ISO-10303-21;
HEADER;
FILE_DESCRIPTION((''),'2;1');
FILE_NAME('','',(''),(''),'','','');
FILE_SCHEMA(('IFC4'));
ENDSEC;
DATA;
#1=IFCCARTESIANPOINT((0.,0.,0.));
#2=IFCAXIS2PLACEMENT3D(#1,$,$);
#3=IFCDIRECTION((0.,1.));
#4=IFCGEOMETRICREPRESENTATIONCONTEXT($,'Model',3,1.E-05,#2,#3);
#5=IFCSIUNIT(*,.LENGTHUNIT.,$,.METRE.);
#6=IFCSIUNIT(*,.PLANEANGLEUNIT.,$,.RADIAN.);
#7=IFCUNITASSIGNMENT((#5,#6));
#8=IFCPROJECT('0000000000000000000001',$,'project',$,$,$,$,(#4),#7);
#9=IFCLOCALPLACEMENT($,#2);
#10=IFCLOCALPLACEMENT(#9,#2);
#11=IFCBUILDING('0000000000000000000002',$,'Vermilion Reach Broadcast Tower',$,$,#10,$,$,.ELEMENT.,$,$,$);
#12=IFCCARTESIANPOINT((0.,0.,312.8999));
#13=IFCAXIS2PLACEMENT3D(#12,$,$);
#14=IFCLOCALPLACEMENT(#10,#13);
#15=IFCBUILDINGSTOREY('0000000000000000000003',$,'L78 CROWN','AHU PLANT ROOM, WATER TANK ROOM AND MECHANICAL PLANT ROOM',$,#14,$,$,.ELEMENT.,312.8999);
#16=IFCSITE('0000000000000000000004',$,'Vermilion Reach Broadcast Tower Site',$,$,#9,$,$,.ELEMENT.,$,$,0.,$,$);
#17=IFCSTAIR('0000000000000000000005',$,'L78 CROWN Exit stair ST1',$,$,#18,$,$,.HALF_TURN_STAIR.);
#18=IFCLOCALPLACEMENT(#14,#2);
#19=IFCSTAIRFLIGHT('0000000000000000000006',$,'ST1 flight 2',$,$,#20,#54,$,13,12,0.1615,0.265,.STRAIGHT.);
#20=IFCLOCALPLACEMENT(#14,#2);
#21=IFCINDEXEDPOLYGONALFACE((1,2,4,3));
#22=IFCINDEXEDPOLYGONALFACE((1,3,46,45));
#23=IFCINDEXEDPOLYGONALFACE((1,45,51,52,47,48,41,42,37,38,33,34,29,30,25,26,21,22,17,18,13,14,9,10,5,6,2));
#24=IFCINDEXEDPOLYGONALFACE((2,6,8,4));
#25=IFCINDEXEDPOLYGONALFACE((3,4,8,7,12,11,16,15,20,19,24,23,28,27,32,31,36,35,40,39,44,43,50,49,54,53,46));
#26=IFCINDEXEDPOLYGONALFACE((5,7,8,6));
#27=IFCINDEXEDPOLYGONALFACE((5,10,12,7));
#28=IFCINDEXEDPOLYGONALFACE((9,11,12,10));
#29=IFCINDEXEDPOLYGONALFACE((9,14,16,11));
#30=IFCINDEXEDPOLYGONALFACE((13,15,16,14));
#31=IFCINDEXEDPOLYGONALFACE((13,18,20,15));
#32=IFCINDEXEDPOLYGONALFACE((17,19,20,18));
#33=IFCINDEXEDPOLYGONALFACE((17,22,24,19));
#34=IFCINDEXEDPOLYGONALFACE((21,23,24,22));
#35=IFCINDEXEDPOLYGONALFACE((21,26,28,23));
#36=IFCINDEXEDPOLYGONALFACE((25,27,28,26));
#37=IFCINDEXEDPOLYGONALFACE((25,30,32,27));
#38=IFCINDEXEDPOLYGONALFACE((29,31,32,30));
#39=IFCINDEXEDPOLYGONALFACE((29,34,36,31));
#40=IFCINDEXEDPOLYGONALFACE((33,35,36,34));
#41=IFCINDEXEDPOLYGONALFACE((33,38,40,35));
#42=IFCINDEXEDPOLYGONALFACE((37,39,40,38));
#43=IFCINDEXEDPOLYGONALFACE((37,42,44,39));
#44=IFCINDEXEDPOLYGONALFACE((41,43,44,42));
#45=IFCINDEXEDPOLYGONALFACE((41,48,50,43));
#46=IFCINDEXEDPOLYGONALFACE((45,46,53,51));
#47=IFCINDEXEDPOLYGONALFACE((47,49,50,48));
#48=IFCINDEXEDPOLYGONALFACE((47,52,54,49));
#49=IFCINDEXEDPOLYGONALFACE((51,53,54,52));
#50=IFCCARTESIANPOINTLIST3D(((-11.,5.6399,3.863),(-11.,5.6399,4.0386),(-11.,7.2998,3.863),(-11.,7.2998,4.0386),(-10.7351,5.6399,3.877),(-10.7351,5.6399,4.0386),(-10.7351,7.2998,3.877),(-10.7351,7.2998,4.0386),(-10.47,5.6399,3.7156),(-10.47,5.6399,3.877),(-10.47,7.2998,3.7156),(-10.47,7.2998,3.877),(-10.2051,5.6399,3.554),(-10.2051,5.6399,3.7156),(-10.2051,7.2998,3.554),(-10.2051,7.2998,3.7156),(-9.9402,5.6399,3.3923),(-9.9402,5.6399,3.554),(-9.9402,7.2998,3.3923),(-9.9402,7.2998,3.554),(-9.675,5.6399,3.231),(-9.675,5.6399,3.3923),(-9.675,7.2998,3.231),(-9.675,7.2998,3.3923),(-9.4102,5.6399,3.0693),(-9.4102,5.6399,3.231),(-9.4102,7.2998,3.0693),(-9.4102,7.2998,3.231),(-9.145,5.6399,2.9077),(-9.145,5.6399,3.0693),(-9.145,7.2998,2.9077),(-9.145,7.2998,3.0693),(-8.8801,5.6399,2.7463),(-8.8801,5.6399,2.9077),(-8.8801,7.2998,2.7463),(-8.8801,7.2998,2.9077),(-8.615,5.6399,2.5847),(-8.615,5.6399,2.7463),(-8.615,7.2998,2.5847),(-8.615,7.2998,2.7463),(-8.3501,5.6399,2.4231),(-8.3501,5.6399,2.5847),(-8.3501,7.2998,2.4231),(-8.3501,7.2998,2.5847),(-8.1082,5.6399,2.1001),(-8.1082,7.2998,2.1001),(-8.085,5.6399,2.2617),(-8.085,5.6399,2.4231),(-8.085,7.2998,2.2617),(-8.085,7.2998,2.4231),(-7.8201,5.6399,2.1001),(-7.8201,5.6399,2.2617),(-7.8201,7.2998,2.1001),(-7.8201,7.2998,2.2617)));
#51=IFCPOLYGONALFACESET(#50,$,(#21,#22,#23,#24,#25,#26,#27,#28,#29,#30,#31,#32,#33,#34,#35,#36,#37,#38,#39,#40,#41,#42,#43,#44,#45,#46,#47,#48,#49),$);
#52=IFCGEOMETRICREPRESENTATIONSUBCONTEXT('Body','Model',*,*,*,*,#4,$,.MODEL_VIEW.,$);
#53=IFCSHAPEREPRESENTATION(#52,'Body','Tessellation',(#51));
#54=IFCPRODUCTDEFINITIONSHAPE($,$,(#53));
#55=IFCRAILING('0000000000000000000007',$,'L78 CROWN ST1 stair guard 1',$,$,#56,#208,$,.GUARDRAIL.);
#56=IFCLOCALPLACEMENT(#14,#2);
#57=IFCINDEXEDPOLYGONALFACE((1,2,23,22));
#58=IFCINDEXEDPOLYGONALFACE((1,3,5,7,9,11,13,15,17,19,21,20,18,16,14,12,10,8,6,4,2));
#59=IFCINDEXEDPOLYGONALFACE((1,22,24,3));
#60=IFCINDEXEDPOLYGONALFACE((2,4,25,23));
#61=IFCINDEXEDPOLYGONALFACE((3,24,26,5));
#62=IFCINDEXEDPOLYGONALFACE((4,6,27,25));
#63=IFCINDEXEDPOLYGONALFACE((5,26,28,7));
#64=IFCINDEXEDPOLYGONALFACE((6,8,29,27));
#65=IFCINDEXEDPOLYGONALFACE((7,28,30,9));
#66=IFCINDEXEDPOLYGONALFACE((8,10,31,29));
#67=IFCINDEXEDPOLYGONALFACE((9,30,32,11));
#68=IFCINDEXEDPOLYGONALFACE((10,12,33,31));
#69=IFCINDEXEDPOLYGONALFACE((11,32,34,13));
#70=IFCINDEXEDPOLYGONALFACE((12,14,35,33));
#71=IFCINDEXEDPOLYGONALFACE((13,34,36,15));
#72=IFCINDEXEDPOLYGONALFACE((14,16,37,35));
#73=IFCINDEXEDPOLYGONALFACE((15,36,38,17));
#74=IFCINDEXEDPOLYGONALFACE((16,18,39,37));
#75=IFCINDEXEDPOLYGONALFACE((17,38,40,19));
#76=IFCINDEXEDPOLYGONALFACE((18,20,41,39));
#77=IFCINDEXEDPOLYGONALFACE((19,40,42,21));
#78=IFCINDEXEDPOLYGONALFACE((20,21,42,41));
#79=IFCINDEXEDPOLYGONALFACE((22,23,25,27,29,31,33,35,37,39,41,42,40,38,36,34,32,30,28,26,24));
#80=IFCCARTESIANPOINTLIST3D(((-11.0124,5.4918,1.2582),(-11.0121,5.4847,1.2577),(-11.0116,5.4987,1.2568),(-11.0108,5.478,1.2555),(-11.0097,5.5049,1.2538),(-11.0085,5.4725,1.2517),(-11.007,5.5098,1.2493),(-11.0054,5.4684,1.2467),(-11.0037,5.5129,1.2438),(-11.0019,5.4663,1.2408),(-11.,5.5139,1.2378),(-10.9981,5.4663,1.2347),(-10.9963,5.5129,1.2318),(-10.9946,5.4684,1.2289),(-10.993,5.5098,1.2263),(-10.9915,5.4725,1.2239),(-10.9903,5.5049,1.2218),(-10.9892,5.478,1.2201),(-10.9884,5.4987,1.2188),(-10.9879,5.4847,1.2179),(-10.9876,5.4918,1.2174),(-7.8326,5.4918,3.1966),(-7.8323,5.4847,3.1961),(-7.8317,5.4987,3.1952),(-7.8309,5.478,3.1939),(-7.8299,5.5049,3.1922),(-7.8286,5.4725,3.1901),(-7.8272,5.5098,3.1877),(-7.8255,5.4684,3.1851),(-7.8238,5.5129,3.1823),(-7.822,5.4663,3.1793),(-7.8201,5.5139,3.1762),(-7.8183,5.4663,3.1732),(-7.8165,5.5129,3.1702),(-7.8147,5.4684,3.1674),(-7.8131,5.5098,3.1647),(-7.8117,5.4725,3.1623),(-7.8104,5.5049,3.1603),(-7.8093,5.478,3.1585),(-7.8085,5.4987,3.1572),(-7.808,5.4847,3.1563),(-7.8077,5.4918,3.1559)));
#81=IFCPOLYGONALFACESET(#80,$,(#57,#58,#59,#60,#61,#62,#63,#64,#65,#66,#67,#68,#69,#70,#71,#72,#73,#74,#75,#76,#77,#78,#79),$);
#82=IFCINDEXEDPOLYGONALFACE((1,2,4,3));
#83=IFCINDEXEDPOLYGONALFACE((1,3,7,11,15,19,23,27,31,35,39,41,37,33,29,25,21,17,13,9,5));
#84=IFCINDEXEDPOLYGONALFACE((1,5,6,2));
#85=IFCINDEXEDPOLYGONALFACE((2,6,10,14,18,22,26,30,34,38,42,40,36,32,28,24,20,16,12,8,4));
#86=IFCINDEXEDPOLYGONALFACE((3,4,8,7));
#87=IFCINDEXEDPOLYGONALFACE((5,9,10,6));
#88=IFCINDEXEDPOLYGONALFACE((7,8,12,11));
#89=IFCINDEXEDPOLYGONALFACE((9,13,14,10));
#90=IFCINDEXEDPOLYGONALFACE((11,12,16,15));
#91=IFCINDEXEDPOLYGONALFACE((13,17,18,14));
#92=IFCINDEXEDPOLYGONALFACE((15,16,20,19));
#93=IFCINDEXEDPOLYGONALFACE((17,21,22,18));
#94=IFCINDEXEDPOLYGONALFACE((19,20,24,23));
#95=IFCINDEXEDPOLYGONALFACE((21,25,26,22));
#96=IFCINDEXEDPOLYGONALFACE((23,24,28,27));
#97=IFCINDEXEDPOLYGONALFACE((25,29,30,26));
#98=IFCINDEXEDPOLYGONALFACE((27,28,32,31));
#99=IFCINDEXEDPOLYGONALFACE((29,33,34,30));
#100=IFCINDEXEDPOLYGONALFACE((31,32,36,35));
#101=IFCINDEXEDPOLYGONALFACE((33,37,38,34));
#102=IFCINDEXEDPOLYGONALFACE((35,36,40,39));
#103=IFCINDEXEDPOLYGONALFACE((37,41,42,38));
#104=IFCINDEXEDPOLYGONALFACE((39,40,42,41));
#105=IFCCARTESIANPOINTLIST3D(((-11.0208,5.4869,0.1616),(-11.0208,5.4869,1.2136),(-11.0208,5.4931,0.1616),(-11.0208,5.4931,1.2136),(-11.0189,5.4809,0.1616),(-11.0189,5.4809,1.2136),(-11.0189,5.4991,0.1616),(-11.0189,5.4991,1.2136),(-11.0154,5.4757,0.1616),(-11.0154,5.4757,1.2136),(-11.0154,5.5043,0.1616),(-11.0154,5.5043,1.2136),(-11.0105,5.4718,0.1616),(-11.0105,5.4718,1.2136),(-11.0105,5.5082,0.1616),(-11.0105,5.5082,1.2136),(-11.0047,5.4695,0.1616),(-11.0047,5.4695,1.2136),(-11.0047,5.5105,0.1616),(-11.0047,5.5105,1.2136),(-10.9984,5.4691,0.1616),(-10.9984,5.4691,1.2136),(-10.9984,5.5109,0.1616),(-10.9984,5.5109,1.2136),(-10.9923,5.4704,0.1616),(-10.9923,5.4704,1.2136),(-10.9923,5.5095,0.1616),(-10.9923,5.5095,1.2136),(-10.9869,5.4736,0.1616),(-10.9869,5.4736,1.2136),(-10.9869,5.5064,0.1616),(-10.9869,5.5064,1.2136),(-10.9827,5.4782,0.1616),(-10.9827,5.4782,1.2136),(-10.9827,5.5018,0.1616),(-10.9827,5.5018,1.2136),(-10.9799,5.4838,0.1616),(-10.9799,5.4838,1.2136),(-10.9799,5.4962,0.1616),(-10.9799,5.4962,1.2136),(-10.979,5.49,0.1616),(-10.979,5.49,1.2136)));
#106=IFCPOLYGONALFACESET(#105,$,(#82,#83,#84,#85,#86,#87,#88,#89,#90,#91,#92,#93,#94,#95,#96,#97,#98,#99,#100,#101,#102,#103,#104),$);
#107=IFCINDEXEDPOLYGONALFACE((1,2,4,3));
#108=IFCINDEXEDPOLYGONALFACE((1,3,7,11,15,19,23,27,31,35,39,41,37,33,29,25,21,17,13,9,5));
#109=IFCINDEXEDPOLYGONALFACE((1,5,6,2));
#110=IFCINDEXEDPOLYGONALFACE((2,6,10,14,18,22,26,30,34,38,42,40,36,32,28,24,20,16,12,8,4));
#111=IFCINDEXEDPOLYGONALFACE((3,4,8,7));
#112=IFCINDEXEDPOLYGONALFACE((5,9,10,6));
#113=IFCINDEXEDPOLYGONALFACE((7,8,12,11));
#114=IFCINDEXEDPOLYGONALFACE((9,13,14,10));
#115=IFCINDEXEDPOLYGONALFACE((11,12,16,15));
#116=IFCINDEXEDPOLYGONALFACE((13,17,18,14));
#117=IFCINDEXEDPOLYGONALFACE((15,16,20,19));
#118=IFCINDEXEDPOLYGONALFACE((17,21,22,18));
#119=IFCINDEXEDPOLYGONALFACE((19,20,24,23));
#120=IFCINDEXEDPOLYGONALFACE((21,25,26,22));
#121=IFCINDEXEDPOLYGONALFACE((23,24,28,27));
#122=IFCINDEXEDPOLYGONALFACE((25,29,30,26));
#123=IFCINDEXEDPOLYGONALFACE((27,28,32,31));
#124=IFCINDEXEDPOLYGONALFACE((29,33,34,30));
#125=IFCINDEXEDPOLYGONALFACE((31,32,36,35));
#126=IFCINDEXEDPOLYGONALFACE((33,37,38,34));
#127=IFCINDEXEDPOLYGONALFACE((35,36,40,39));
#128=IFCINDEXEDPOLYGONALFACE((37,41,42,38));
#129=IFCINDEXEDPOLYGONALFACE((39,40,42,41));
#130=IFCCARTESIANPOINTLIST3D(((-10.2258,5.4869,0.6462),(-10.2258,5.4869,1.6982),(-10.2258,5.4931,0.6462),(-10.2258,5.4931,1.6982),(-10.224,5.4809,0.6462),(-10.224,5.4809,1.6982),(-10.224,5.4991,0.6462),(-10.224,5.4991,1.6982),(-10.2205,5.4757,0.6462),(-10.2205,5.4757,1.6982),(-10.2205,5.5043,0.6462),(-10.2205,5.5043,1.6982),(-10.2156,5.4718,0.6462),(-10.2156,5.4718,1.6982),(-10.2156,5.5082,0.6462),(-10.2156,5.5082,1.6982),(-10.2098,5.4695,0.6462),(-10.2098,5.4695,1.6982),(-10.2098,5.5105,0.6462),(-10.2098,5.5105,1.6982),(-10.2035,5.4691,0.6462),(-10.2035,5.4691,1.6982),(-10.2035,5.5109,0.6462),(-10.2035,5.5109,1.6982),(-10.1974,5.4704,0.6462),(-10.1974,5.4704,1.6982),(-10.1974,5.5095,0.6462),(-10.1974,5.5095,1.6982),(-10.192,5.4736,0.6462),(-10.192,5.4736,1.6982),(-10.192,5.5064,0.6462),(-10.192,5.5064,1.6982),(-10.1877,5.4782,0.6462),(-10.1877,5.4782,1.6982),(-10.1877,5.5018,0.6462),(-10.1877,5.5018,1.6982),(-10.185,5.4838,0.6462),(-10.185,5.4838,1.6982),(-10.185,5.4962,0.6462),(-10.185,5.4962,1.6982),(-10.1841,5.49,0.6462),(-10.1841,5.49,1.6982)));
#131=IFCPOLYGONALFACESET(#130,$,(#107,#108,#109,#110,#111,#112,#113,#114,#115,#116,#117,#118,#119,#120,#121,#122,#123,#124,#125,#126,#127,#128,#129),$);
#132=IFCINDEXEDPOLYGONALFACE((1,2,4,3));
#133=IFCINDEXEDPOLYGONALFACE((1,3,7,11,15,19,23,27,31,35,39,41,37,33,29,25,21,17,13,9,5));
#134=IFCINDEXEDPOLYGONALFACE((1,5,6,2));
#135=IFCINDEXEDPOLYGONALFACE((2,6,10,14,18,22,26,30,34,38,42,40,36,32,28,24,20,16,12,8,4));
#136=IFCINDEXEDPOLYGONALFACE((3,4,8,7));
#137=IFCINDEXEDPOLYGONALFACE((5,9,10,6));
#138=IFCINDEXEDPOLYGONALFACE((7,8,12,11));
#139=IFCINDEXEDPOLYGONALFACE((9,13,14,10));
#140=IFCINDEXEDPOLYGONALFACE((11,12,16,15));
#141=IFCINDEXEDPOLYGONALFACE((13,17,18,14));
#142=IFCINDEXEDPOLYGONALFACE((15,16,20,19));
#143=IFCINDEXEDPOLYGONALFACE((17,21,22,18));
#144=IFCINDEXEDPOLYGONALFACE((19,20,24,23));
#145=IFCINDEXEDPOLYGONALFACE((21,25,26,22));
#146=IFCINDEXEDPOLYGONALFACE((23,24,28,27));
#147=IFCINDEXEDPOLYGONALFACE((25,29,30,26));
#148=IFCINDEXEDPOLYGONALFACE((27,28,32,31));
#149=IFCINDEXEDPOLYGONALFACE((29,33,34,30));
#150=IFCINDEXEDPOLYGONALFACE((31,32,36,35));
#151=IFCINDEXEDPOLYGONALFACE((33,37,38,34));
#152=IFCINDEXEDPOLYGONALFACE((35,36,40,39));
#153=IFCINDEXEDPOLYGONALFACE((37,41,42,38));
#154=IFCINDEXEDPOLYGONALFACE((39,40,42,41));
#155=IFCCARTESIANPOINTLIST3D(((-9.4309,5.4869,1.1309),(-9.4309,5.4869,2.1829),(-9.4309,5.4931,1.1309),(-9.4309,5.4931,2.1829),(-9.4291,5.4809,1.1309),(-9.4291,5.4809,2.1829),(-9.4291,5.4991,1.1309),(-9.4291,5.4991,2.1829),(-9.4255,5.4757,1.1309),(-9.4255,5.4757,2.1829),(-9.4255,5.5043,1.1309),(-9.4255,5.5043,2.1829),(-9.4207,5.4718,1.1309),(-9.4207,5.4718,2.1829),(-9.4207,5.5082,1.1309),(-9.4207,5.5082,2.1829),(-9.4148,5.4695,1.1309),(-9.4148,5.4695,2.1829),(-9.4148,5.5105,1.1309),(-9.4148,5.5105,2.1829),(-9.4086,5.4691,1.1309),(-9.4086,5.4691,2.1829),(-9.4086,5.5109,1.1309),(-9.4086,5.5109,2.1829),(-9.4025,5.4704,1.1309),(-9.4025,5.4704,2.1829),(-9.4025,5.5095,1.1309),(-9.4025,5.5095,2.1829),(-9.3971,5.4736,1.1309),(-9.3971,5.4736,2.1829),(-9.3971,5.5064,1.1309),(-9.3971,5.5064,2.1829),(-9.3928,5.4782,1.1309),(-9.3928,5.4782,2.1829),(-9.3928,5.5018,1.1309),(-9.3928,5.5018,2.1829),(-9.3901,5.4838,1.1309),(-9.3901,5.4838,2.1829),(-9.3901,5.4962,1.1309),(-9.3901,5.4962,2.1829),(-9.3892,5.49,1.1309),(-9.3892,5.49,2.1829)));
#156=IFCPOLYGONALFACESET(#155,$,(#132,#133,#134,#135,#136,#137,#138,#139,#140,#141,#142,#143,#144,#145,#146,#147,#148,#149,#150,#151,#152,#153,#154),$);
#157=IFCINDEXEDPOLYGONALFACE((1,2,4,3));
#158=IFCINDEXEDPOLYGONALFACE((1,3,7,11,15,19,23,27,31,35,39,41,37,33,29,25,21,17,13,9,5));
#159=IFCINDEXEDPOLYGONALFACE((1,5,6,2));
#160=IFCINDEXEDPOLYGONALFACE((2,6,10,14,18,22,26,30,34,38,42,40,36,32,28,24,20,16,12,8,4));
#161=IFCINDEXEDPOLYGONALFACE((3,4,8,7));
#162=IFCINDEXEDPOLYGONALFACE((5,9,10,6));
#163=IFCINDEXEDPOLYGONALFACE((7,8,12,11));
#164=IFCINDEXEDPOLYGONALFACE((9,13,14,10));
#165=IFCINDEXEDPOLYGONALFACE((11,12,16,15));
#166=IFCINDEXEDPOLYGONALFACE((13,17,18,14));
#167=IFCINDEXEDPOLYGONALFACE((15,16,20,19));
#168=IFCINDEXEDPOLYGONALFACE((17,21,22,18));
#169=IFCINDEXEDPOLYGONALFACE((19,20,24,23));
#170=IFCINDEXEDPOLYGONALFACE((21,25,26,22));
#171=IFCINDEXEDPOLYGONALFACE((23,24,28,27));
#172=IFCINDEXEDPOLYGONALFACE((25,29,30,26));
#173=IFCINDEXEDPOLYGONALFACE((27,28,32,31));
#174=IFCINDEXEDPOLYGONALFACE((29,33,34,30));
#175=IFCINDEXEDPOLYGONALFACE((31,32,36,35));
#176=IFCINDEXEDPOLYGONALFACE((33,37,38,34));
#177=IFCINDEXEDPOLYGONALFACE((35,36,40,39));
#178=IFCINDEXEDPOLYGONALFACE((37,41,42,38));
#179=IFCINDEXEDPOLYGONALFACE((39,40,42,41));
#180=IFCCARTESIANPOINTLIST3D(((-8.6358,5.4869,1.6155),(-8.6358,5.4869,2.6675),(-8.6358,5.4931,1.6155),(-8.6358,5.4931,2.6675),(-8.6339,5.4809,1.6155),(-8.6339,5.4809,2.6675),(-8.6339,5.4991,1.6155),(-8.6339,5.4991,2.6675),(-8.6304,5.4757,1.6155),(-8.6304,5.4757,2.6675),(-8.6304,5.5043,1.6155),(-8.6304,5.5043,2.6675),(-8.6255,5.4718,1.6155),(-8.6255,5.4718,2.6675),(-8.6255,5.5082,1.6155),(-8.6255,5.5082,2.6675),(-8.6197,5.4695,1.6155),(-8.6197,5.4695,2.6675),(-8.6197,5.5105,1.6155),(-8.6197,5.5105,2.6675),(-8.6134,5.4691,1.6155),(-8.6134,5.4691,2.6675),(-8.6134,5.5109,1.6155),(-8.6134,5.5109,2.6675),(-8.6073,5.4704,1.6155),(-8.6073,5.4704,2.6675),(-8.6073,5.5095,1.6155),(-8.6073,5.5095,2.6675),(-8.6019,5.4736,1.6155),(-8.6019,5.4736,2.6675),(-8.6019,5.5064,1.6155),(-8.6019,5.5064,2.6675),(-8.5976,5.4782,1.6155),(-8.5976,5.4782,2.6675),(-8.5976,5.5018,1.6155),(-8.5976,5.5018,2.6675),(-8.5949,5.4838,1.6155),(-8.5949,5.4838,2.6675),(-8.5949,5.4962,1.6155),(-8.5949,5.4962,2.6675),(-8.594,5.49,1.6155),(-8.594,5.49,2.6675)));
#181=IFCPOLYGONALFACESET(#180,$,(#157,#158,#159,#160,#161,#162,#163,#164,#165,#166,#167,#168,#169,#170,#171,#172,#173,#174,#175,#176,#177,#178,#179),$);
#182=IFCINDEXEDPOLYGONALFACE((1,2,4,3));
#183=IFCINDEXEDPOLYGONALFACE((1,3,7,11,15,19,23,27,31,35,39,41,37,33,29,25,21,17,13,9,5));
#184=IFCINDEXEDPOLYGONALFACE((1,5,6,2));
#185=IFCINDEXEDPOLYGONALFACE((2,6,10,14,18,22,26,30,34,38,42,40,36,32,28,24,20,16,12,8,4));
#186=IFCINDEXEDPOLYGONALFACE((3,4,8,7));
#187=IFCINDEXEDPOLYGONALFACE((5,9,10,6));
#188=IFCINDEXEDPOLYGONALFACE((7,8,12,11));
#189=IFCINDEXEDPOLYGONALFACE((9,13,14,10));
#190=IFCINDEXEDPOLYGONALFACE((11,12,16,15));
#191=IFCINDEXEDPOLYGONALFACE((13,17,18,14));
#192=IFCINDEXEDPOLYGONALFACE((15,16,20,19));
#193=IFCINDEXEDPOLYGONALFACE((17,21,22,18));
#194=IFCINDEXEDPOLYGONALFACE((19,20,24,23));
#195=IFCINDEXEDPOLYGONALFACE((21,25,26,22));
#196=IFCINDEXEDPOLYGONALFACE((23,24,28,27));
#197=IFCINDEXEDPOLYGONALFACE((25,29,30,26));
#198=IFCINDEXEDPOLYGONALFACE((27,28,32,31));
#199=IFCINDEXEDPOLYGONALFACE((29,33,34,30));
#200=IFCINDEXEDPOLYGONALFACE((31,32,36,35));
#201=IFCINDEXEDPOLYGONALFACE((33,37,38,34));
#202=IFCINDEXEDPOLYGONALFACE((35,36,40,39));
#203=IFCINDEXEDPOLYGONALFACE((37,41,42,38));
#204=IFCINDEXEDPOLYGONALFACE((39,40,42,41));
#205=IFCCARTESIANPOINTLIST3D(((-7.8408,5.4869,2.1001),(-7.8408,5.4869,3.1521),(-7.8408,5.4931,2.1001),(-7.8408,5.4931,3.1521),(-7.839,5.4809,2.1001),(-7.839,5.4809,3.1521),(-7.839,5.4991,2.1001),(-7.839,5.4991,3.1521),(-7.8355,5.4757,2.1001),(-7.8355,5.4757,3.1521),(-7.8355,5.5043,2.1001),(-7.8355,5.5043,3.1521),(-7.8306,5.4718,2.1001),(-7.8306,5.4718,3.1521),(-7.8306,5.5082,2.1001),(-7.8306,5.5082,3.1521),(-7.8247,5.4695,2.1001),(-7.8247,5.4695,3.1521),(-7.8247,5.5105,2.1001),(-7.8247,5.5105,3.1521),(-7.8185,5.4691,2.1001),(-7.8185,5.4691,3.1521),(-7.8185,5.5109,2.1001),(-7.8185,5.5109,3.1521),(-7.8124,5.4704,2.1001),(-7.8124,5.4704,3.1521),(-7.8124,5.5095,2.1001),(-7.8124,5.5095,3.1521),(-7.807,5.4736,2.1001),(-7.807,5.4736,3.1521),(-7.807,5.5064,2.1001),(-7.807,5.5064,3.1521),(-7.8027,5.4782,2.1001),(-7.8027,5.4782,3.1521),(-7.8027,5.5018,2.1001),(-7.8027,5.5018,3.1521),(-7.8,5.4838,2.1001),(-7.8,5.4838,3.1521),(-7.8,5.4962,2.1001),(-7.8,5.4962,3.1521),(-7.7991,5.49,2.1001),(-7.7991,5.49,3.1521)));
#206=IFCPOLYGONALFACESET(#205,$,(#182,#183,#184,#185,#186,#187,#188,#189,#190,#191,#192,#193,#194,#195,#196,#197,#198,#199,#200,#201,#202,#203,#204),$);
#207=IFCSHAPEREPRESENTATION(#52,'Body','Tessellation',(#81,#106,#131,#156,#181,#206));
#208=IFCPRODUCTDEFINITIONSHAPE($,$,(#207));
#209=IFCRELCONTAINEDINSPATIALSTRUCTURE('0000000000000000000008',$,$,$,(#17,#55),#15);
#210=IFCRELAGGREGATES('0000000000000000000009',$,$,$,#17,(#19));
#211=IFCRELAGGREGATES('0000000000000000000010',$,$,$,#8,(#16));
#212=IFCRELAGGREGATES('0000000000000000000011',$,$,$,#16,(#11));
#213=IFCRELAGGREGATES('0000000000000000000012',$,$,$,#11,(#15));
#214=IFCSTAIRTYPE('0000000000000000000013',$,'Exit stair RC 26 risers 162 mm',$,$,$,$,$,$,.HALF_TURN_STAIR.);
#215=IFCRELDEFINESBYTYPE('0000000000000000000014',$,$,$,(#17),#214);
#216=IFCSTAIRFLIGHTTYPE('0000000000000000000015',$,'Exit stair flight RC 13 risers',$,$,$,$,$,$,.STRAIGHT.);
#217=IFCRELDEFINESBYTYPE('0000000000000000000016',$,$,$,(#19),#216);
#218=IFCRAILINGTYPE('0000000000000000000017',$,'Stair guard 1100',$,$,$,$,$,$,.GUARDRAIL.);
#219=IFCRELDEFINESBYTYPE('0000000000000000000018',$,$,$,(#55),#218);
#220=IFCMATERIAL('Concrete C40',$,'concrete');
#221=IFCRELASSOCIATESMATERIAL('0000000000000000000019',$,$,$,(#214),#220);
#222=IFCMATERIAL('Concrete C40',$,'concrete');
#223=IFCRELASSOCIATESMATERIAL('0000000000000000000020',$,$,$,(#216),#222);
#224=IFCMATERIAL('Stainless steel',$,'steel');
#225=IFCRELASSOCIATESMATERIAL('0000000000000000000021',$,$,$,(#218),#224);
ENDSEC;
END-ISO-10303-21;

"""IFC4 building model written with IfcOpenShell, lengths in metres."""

from ifc_helpers import new_model, si_unit, direction, frame, origin, origin_2d, place, context, subcontext, project, spatial, polyline, circle, outline, extrude, material, type_object, element, aggregate, save


model = new_model("IFC4")

# Units and contexts
model_context = context("Model", 3, precision=1e-05, world=origin(), true_north=direction((0.0, 1.0)))
body_context = subcontext(model_context, "Body", "Model", "MODEL_VIEW")
ifc_project = project(units=[si_unit("LENGTHUNIT", "METRE"), si_unit("PLANEANGLEUNIT", "RADIAN")], contexts=[model_context])

# Site, building, storey
site_placement = place(None, origin())
site = spatial("IfcSite", under=ifc_project, at=site_placement, Name="Vermilion Reach Broadcast Tower Site", CompositionType="ELEMENT", RefElevation=0.0)
building_placement = place(site_placement, origin())
building = spatial("IfcBuilding", under=site, at=building_placement, Name="Vermilion Reach Broadcast Tower", CompositionType="ELEMENT")
storey_placement = place(building_placement, frame((0.0, 0.0, 312.8999)))
storey = spatial("IfcBuildingStorey", under=building, at=storey_placement, Name="L78 CROWN", Description="AHU PLANT ROOM, WATER TANK ROOM AND MECHANICAL PLANT ROOM", CompositionType="ELEMENT", Elevation=312.8999)

# Stair, stair flight
ifc_material_1 = material(Name="Concrete C40", Category="concrete")
stair_type = type_object("IfcStairType", Name="Exit stair RC 26 risers 162 mm", PredefinedType="HALF_TURN_STAIR", material=ifc_material_1)
stair_placement = place(storey_placement, origin())
stair = element("IfcStair", 1, at=stair_placement, inside=storey, type_object=stair_type, Name="L78 CROWN Exit stair ST1", PredefinedType="HALF_TURN_STAIR")
ifc_material_2 = material(Name="Concrete C40", Category="concrete")
stair_flight_type = type_object("IfcStairFlightType", Name="Exit stair flight RC 13 risers", PredefinedType="STRAIGHT", material=ifc_material_2)
stair_flight_1_placement = place(storey_placement, frame((-7.8201, 6.47, 2.1001), z_axis=(0.0, 0.0, 1.0), x_axis=(-1.0, 0.0, 0.0)))
stair_flight_1 = element("IfcStairFlight", 2, at=stair_flight_1_placement, type_object=stair_flight_type, Name="ST1 flight 2", NumberOfRisers=13, NumberOfTreads=12, PredefinedType="STRAIGHT", RiserHeight=0.1615, TreadLength=0.265, context=body_context, shape_type="SweptSolid", body=[
    extrude(outline(polyline([(0.0, 0.0), (0.0, 0.1616), (0.2649, 0.1616), (0.2649, 0.323), (0.53, 0.323), (0.53, 0.4846), (0.7949, 0.4846), (0.7949, 0.6462), (1.0601, 0.6462), (1.0601, 0.8076), (1.325, 0.8076), (1.325, 0.9692), (1.5901, 0.9692), (1.5901, 1.1309), (1.855, 1.1309), (1.855, 1.2922), (2.1201, 1.2922), (2.1201, 1.4539), (2.385, 1.4539), (2.385, 1.6155), (2.6499, 1.6155), (2.6499, 1.7769), (2.915, 1.7769), (2.915, 1.9385), (3.1799, 1.9385), (3.1799, 2.1001), (3.1799, 1.7629), (0.2881, 0.0), (0.0, 0.0)])), frame((0.0, 0.8301, 0.0), z_axis=(0.0, -1.0, 0.0), x_axis=(1.0, 0.0, 0.0)), (0.0, 0.0, 1.0), 1.6599),
])
aggregate(stair, [stair_flight_1])

# Railing
ifc_material_3 = material(Name="Stainless steel", Category="steel")
railing_type_1 = type_object("IfcRailingType", Name="Stair guard 1100", PredefinedType="GUARDRAIL", material=ifc_material_3)
railing_1_placement = place(storey_placement, frame((-11.0, 5.49, 0.1616)))
element("IfcRailing", 3, at=railing_1_placement, inside=storey, type_object=railing_type_1, Name="L78 CROWN ST1 stair guard 1", PredefinedType="GUARDRAIL", context=body_context, shape_type="SweptSolid", body=[
    extrude(circle(Radius=0.0239, at=origin_2d()), frame((0.0, 0.0, 1.0762), z_axis=(0.853857, 0.0, 0.520508), x_axis=(0.0, 1.0, 0.0)), (0.0, 0.0, 1.0), 3.7241),
    extrude(circle(Radius=0.021, at=origin_2d()), origin(), (0.0, 0.0, 1.0), 1.052),
    extrude(circle(Radius=0.021, at=origin_2d()), frame((0.7949, 0.0, 0.4846)), (0.0, 0.0, 1.0), 1.052),
    extrude(circle(Radius=0.021, at=origin_2d()), frame((1.5898, 0.0, 0.9692)), (0.0, 0.0, 1.0), 1.052),
    extrude(circle(Radius=0.021, at=origin_2d()), frame((2.385, 0.0, 1.4539)), (0.0, 0.0, 1.0), 1.052),
    extrude(circle(Radius=0.021, at=origin_2d()), frame((3.1799, 0.0, 1.9385)), (0.0, 0.0, 1.0), 1.052),
])

save(model, "model.ifc")
